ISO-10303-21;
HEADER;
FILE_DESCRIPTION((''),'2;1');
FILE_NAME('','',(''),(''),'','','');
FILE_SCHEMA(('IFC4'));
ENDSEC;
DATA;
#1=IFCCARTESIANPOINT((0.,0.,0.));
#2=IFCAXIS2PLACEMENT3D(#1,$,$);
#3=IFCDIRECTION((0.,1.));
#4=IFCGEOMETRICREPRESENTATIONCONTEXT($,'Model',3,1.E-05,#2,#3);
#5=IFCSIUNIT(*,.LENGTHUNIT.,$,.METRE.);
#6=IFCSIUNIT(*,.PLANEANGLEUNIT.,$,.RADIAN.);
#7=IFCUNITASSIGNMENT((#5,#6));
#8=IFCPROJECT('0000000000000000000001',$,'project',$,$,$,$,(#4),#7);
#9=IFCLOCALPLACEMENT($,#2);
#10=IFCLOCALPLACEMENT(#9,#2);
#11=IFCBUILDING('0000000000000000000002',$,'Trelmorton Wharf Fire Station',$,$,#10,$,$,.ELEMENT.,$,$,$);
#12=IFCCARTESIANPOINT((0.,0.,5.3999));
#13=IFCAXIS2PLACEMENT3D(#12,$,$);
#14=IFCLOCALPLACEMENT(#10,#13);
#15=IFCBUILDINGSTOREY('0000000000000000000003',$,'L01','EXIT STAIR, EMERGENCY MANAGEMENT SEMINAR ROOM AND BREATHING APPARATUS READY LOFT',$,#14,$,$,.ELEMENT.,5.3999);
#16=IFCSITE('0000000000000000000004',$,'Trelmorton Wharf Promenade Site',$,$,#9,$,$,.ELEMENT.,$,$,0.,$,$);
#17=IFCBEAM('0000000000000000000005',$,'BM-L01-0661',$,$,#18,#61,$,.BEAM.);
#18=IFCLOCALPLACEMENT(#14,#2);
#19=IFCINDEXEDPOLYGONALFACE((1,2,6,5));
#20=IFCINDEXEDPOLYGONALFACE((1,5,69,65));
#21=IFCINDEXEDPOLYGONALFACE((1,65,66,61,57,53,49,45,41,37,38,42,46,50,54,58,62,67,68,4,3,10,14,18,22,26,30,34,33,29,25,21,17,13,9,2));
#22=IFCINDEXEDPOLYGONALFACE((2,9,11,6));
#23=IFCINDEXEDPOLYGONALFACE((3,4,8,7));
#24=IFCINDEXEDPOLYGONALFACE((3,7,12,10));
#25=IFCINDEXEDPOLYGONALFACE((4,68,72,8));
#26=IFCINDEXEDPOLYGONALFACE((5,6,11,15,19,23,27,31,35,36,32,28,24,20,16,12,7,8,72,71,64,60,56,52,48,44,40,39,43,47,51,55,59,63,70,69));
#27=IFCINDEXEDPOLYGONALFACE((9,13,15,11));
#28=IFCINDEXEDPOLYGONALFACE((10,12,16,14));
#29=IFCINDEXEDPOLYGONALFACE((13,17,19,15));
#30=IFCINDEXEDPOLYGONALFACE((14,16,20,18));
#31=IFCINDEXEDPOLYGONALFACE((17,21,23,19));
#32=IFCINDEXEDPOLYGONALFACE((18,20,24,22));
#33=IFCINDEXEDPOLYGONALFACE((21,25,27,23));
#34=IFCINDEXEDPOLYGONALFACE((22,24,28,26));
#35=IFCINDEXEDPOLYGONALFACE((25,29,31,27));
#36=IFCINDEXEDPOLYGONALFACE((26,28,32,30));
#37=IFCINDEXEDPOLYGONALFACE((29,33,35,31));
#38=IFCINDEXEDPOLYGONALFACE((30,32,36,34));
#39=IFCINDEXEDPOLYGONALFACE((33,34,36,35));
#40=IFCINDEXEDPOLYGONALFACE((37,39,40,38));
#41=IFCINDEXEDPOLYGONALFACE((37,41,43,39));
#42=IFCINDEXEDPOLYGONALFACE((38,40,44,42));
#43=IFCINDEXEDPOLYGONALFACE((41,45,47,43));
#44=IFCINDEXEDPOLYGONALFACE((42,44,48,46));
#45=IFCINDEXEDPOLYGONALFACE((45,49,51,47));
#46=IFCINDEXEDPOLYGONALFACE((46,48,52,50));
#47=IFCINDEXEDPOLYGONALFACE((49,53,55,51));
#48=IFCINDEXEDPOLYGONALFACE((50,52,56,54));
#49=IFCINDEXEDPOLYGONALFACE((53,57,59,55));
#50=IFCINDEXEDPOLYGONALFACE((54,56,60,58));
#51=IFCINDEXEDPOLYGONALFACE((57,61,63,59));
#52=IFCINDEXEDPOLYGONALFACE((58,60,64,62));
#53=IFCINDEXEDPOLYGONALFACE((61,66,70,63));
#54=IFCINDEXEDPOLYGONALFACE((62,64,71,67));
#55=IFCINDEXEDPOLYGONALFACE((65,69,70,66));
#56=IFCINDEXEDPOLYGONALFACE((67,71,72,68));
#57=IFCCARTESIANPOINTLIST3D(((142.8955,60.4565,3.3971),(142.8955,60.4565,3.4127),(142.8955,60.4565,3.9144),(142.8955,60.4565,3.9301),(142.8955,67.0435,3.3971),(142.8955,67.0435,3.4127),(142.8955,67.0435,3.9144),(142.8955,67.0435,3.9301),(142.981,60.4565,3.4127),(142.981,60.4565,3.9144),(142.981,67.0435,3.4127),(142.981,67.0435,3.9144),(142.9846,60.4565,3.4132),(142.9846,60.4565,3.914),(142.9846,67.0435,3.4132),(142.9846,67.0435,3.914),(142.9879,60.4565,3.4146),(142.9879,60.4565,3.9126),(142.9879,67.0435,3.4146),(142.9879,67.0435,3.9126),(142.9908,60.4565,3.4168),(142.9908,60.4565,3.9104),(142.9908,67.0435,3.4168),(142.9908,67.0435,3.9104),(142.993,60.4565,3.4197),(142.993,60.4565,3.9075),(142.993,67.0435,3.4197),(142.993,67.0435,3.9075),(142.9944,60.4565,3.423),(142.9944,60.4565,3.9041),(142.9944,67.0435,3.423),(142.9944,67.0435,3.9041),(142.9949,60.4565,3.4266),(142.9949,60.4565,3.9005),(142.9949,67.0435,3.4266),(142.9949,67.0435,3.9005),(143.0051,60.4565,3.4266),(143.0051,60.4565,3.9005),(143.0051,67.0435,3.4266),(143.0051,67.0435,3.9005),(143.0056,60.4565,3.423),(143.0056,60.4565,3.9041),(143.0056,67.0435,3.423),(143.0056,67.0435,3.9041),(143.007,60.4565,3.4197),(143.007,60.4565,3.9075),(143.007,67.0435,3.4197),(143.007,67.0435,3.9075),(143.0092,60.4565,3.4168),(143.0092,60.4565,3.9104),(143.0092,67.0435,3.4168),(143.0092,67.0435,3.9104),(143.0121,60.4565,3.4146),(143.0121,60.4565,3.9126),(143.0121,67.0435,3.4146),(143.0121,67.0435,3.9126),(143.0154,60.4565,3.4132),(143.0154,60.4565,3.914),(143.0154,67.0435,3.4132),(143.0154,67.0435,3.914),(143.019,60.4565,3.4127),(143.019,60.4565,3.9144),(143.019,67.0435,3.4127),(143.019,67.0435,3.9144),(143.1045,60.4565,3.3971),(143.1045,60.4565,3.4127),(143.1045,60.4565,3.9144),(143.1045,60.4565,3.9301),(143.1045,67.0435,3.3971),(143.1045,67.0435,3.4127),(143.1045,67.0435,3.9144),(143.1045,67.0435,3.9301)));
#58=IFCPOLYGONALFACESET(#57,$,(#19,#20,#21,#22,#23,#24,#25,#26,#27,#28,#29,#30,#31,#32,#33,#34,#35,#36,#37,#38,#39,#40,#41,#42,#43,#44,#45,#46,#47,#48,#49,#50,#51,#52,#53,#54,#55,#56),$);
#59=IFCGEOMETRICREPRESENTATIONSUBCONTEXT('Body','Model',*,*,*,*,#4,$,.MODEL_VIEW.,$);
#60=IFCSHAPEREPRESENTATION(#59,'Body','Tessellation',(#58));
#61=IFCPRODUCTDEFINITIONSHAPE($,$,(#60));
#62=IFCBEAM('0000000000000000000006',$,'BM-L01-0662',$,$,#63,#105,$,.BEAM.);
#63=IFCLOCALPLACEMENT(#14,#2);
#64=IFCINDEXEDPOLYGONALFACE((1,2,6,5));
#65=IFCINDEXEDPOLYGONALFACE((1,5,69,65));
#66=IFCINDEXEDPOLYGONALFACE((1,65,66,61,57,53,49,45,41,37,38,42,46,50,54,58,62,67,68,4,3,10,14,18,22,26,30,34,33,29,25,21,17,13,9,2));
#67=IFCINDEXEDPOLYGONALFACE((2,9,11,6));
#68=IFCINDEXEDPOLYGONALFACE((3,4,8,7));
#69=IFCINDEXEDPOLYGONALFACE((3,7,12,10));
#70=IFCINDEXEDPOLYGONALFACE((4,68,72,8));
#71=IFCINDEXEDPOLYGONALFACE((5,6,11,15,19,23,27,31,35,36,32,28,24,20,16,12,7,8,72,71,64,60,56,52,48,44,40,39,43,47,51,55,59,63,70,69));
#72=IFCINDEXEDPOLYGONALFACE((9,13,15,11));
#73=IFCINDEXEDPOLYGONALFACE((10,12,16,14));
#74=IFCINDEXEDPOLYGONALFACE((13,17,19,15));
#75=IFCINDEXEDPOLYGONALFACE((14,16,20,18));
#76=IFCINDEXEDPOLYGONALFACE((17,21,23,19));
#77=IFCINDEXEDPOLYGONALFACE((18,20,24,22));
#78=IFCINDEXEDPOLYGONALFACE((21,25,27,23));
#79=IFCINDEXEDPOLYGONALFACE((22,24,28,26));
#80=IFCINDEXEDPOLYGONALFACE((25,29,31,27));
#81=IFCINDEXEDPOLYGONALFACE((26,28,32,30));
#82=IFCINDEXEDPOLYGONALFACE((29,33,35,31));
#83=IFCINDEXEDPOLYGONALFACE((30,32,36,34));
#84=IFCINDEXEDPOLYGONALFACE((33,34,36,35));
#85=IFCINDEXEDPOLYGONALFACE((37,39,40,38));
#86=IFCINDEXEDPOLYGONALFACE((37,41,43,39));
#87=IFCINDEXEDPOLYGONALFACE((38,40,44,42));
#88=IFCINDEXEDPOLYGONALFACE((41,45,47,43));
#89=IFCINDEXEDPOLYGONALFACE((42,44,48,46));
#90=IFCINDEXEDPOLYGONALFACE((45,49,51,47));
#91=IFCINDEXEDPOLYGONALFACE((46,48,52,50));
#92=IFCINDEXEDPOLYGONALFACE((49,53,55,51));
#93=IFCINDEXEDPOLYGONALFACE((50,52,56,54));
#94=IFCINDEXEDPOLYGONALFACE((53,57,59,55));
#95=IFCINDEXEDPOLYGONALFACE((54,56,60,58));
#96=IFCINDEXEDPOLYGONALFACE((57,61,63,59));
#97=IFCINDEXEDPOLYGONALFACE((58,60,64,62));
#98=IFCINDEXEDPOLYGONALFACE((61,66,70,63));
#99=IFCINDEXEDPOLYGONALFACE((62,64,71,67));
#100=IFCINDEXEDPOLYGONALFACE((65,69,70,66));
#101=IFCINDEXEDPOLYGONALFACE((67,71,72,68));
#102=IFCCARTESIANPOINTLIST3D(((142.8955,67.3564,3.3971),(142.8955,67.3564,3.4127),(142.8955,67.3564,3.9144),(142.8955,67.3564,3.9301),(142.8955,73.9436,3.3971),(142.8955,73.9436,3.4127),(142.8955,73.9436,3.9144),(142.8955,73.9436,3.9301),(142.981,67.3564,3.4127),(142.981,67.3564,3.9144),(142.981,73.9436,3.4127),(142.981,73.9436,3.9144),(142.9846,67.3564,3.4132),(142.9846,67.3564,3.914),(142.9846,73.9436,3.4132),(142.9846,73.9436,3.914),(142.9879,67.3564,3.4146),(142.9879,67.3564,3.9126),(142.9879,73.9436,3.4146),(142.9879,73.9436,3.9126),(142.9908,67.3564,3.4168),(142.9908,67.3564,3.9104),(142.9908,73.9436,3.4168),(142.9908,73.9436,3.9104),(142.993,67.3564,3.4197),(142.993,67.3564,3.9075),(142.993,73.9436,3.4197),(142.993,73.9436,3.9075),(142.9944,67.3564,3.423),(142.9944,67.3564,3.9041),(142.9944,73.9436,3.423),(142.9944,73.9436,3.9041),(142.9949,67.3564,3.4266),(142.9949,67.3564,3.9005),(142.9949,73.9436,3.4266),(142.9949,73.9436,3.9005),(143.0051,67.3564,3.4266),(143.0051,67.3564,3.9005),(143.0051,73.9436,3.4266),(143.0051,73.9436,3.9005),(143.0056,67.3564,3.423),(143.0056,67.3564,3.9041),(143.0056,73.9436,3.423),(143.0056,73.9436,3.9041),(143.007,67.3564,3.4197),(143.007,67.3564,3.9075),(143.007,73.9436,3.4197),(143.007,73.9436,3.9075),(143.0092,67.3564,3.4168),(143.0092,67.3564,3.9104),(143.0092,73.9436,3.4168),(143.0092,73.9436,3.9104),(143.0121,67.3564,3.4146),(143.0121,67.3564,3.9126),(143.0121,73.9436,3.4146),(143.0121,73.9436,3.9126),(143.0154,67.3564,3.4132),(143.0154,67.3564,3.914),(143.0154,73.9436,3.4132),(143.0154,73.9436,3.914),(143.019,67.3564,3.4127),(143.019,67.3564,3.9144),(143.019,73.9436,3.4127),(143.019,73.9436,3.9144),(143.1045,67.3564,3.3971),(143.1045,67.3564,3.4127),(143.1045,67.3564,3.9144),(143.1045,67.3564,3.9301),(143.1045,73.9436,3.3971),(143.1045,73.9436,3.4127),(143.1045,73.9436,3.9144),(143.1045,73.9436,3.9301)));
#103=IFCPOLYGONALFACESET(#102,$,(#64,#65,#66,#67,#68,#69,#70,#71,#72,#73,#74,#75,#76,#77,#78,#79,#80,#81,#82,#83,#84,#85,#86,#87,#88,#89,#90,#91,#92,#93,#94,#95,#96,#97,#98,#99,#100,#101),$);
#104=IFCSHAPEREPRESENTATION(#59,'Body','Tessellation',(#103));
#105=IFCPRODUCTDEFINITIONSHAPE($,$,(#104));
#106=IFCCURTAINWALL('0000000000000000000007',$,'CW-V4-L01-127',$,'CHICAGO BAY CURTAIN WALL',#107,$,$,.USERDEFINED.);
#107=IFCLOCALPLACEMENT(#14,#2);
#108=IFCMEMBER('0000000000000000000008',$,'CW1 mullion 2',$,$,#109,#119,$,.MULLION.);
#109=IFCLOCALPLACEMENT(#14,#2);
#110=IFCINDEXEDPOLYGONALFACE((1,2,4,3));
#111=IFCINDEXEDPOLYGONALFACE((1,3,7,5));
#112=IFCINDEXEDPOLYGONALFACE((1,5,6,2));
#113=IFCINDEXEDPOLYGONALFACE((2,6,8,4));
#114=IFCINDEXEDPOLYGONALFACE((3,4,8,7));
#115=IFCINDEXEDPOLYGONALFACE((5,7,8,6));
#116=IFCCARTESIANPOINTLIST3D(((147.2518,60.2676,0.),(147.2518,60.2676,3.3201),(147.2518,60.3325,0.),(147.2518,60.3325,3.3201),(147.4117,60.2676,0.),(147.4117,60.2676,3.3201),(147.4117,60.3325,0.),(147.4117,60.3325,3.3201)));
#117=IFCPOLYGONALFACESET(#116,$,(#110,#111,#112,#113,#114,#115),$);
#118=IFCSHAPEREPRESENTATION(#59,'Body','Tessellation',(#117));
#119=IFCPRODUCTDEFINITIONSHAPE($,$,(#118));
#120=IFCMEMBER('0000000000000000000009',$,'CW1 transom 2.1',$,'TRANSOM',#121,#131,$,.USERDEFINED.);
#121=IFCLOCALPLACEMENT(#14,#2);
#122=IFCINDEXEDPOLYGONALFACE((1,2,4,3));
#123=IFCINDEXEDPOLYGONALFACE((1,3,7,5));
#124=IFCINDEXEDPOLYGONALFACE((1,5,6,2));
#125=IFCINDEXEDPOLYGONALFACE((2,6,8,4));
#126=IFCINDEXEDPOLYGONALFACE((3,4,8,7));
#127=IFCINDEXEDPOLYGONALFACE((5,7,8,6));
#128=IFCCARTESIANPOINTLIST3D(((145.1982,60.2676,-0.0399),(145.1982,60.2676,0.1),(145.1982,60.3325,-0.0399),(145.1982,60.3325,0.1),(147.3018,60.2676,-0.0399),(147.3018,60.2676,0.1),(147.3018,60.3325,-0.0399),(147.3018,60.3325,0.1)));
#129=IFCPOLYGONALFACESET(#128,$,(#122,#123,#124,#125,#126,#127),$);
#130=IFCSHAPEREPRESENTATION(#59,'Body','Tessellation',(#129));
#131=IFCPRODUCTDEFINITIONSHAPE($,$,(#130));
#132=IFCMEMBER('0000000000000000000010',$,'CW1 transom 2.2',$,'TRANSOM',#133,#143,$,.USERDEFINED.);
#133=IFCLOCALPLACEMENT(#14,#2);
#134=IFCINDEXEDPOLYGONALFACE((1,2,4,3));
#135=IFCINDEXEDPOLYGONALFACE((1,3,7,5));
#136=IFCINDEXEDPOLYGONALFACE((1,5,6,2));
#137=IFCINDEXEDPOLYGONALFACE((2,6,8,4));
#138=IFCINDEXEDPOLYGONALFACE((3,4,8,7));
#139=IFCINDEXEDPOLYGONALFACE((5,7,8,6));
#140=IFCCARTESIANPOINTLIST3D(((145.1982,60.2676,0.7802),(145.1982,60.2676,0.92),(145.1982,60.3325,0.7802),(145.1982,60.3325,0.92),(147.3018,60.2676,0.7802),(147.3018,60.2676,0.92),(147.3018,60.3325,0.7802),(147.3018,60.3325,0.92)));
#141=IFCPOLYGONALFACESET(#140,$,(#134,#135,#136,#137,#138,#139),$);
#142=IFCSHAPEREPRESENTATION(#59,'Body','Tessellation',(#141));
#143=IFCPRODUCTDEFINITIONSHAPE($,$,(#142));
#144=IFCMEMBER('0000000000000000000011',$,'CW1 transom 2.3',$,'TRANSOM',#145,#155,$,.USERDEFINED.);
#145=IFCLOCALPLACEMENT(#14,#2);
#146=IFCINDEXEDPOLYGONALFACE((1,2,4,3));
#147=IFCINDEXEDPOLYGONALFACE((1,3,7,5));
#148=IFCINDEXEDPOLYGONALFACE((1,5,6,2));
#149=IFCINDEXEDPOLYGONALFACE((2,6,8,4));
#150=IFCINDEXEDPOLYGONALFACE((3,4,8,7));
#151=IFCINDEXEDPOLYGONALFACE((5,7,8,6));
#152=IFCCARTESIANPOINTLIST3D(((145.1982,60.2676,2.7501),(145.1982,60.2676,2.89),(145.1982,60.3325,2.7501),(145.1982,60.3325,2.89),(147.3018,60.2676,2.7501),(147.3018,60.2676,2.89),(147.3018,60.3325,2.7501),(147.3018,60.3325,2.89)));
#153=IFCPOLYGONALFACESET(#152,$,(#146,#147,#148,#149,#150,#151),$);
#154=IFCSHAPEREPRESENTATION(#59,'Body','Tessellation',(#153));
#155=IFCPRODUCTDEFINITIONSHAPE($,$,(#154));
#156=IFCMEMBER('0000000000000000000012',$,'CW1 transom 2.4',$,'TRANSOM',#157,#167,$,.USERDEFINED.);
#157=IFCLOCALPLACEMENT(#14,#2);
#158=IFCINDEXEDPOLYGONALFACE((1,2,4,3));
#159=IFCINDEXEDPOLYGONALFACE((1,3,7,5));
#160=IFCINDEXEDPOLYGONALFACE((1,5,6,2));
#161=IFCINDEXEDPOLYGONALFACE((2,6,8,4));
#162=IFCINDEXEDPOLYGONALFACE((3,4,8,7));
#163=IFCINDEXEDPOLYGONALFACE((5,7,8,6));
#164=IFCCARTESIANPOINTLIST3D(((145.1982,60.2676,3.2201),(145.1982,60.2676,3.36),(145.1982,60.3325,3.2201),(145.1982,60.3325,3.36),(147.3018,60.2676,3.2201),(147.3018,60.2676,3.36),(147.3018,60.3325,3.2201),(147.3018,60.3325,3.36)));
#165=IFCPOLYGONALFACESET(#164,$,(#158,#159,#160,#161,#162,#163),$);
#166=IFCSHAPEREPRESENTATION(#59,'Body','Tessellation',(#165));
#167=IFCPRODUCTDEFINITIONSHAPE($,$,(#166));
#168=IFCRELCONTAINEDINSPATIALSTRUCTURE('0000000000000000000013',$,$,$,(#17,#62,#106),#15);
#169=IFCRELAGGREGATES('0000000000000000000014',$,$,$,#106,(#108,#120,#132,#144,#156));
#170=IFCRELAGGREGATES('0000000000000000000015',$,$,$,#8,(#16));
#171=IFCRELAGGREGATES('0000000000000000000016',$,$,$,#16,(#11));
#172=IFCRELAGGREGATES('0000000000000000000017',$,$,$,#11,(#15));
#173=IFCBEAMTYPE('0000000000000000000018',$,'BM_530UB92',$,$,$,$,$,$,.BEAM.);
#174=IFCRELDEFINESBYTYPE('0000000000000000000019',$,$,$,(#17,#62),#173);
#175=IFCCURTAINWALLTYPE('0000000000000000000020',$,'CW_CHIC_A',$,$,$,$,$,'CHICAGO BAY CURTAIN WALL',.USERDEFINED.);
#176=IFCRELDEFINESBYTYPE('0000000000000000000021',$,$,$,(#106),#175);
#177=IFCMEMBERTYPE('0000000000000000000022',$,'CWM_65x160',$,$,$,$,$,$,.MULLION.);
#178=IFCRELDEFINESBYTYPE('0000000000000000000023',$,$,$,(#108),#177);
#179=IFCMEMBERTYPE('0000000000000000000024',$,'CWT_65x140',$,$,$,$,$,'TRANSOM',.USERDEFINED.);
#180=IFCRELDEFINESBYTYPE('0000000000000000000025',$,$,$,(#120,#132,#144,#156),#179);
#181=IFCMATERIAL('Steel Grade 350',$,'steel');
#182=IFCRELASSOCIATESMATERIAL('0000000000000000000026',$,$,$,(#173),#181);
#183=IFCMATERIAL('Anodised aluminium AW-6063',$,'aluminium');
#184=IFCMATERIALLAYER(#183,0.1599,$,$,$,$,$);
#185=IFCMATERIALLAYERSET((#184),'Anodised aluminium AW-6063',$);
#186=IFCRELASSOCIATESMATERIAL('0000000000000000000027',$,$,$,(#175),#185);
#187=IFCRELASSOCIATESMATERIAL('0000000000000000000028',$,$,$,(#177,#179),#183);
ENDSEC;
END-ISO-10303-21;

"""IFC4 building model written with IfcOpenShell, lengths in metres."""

from ifc_helpers import new_model, si_unit, direction, frame, origin, origin_2d, place, context, subcontext, project, spatial, rectangle, i_section, extrude, material, layer, layer_set, material_profile, profile_set, type_object, element, aggregate, save


model = new_model("IFC4")

# Units and contexts
model_context = context("Model", 3, precision=1e-05, world=origin(), true_north=direction((0.0, 1.0)))
body_context = subcontext(model_context, "Body", "Model", "MODEL_VIEW")
ifc_project = project(units=[si_unit("LENGTHUNIT", "METRE"), si_unit("PLANEANGLEUNIT", "RADIAN")], contexts=[model_context])

# Site, building, storey
site_placement = place(None, origin())
site = spatial("IfcSite", under=ifc_project, at=site_placement, Name="Trelmorton Wharf Promenade Site", CompositionType="ELEMENT", RefElevation=0.0)
building_placement = place(site_placement, origin())
building = spatial("IfcBuilding", under=site, at=building_placement, Name="Trelmorton Wharf Fire Station", CompositionType="ELEMENT")
storey_placement = place(building_placement, frame((0.0, 0.0, 5.3999)))
storey = spatial("IfcBuildingStorey", under=building, at=storey_placement, Name="L01", Description="EXIT STAIR, EMERGENCY MANAGEMENT SEMINAR ROOM AND BREATHING APPARATUS READY LOFT", CompositionType="ELEMENT", Elevation=5.3999)

# Shared definitions
ifc_material_1 = material(Name="Steel Grade 350", Category="steel")

# Beams
ifc_material_profile_1 = material_profile(ifc_material_1, i_section(OverallWidth=0.209, OverallDepth=0.533, WebThickness=0.0103, FlangeThickness=0.0156, FilletRadius=0.0139, at=origin_2d()), Name="530UB92.4")
ifc_profile_set_1 = profile_set([ifc_material_profile_1], Name="Steel Grade 350")
beam_type_1 = type_object("IfcBeamType", Name="BM_530UB92", PredefinedType="BEAM", material=ifc_profile_set_1)
beam_1_placement = place(storey_placement, frame((143.0, 60.4565, 3.6636), z_axis=(0.0, 1.0, 0.0), x_axis=(-1.0, 0.0, 0.0)))
element("IfcBeam", 1, at=beam_1_placement, inside=storey, type_object=beam_type_1, Name="BM-L01-0661", PredefinedType="BEAM", context=body_context, shape_type="SweptSolid", body=[
    extrude(i_section(OverallWidth=0.209, OverallDepth=0.533, WebThickness=0.0103, FlangeThickness=0.0156, FilletRadius=0.0139, at=origin_2d()), origin(), (0.0, 0.0, 1.0), 6.5869),
])
beam_2_placement = place(storey_placement, frame((143.0, 67.3564, 3.6636), z_axis=(0.0, 1.0, 0.0), x_axis=(-1.0, 0.0, 0.0)))
element("IfcBeam", 2, at=beam_2_placement, inside=storey, type_object=beam_type_1, Name="BM-L01-0662", PredefinedType="BEAM", context=body_context, shape_type="SweptSolid", body=[
    extrude(i_section(OverallWidth=0.209, OverallDepth=0.533, WebThickness=0.0103, FlangeThickness=0.0156, FilletRadius=0.0139, at=origin_2d()), origin(), (0.0, 0.0, 1.0), 6.5872),
])

# Curtain wall, members
ifc_material_2 = material(Name="Anodised aluminium AW-6063", Category="aluminium")
ifc_layer_1 = layer(ifc_material_2, 0.1599)
ifc_layer_set_1 = layer_set([ifc_layer_1], Name="Anodised aluminium AW-6063")
curtain_wall_type = type_object("IfcCurtainWallType", Name="CW_CHIC_A", ElementType="CHICAGO BAY CURTAIN WALL", PredefinedType="USERDEFINED", material=ifc_layer_set_1)
curtain_wall_placement = place(storey_placement, origin())
curtain_wall = element("IfcCurtainWall", 3, at=curtain_wall_placement, inside=storey, type_object=curtain_wall_type, Name="CW-V4-L01-127", ObjectType="CHICAGO BAY CURTAIN WALL", PredefinedType="USERDEFINED")
ifc_material_profile_2 = material_profile(ifc_material_2, rectangle(XDim=0.0649, YDim=0.1599, at=origin_2d()), Name="ALU-65x160")
ifc_profile_set_2 = profile_set([ifc_material_profile_2], Name="Anodised aluminium AW-6063")
member_type_1 = type_object("IfcMemberType", Name="CWM_65x160", PredefinedType="MULLION", material=ifc_profile_set_2)
member_1_placement = place(storey_placement, frame((147.3318, 60.3, 0.0), z_axis=(0.0, 0.0, 1.0), x_axis=(0.0, -1.0, 0.0)))
member_1 = element("IfcMember", 4, at=member_1_placement, type_object=member_type_1, Name="CW1 mullion 2", PredefinedType="MULLION", context=body_context, shape_type="SweptSolid", body=[
    extrude(rectangle(XDim=0.0649, YDim=0.1599, at=origin_2d()), origin(), (0.0, 0.0, 1.0), 3.3201),
])
ifc_material_profile_3 = material_profile(ifc_material_2, rectangle(XDim=0.0649, YDim=0.1399, at=origin_2d()), Name="ALU-65x140")
ifc_profile_set_3 = profile_set([ifc_material_profile_3], Name="Anodised aluminium AW-6063")
member_type_2 = type_object("IfcMemberType", Name="CWT_65x140", ElementType="TRANSOM", PredefinedType="USERDEFINED", material=ifc_profile_set_3)
member_2_placement = place(storey_placement, frame((147.3018, 60.3, 0.03), z_axis=(-1.0, 0.0, 0.0), x_axis=(0.0, -1.0, 0.0)))
member_2 = element("IfcMember", 5, at=member_2_placement, type_object=member_type_2, Name="CW1 transom 2.1", ObjectType="TRANSOM", PredefinedType="USERDEFINED", context=body_context, shape_type="SweptSolid", body=[
    extrude(rectangle(XDim=0.0649, YDim=0.1399, at=origin_2d()), origin(), (0.0, 0.0, 1.0), 2.1035),
])
member_3_placement = place(storey_placement, frame((147.3018, 60.3, 0.8501), z_axis=(-1.0, 0.0, 0.0), x_axis=(0.0, -1.0, 0.0)))
member_3 = element("IfcMember", 6, at=member_3_placement, type_object=member_type_2, Name="CW1 transom 2.2", ObjectType="TRANSOM", PredefinedType="USERDEFINED", context=body_context, shape_type="SweptSolid", body=[
    extrude(rectangle(XDim=0.0649, YDim=0.1399, at=origin_2d()), origin(), (0.0, 0.0, 1.0), 2.1035),
])
member_4_placement = place(storey_placement, frame((147.3018, 60.3, 2.8201), z_axis=(-1.0, 0.0, 0.0), x_axis=(0.0, -1.0, 0.0)))
member_4 = element("IfcMember", 7, at=member_4_placement, type_object=member_type_2, Name="CW1 transom 2.3", ObjectType="TRANSOM", PredefinedType="USERDEFINED", context=body_context, shape_type="SweptSolid", body=[
    extrude(rectangle(XDim=0.0649, YDim=0.1399, at=origin_2d()), origin(), (0.0, 0.0, 1.0), 2.1035),
])
member_5_placement = place(storey_placement, frame((147.3018, 60.3, 3.29), z_axis=(-1.0, 0.0, 0.0), x_axis=(0.0, -1.0, 0.0)))
member_5 = element("IfcMember", 8, at=member_5_placement, type_object=member_type_2, Name="CW1 transom 2.4", ObjectType="TRANSOM", PredefinedType="USERDEFINED", context=body_context, shape_type="SweptSolid", body=[
    extrude(rectangle(XDim=0.0649, YDim=0.1399, at=origin_2d()), origin(), (0.0, 0.0, 1.0), 2.1035),
])

aggregate(curtain_wall, [member_1, member_2, member_3, member_4, member_5])

save(model, "model.ifc")
